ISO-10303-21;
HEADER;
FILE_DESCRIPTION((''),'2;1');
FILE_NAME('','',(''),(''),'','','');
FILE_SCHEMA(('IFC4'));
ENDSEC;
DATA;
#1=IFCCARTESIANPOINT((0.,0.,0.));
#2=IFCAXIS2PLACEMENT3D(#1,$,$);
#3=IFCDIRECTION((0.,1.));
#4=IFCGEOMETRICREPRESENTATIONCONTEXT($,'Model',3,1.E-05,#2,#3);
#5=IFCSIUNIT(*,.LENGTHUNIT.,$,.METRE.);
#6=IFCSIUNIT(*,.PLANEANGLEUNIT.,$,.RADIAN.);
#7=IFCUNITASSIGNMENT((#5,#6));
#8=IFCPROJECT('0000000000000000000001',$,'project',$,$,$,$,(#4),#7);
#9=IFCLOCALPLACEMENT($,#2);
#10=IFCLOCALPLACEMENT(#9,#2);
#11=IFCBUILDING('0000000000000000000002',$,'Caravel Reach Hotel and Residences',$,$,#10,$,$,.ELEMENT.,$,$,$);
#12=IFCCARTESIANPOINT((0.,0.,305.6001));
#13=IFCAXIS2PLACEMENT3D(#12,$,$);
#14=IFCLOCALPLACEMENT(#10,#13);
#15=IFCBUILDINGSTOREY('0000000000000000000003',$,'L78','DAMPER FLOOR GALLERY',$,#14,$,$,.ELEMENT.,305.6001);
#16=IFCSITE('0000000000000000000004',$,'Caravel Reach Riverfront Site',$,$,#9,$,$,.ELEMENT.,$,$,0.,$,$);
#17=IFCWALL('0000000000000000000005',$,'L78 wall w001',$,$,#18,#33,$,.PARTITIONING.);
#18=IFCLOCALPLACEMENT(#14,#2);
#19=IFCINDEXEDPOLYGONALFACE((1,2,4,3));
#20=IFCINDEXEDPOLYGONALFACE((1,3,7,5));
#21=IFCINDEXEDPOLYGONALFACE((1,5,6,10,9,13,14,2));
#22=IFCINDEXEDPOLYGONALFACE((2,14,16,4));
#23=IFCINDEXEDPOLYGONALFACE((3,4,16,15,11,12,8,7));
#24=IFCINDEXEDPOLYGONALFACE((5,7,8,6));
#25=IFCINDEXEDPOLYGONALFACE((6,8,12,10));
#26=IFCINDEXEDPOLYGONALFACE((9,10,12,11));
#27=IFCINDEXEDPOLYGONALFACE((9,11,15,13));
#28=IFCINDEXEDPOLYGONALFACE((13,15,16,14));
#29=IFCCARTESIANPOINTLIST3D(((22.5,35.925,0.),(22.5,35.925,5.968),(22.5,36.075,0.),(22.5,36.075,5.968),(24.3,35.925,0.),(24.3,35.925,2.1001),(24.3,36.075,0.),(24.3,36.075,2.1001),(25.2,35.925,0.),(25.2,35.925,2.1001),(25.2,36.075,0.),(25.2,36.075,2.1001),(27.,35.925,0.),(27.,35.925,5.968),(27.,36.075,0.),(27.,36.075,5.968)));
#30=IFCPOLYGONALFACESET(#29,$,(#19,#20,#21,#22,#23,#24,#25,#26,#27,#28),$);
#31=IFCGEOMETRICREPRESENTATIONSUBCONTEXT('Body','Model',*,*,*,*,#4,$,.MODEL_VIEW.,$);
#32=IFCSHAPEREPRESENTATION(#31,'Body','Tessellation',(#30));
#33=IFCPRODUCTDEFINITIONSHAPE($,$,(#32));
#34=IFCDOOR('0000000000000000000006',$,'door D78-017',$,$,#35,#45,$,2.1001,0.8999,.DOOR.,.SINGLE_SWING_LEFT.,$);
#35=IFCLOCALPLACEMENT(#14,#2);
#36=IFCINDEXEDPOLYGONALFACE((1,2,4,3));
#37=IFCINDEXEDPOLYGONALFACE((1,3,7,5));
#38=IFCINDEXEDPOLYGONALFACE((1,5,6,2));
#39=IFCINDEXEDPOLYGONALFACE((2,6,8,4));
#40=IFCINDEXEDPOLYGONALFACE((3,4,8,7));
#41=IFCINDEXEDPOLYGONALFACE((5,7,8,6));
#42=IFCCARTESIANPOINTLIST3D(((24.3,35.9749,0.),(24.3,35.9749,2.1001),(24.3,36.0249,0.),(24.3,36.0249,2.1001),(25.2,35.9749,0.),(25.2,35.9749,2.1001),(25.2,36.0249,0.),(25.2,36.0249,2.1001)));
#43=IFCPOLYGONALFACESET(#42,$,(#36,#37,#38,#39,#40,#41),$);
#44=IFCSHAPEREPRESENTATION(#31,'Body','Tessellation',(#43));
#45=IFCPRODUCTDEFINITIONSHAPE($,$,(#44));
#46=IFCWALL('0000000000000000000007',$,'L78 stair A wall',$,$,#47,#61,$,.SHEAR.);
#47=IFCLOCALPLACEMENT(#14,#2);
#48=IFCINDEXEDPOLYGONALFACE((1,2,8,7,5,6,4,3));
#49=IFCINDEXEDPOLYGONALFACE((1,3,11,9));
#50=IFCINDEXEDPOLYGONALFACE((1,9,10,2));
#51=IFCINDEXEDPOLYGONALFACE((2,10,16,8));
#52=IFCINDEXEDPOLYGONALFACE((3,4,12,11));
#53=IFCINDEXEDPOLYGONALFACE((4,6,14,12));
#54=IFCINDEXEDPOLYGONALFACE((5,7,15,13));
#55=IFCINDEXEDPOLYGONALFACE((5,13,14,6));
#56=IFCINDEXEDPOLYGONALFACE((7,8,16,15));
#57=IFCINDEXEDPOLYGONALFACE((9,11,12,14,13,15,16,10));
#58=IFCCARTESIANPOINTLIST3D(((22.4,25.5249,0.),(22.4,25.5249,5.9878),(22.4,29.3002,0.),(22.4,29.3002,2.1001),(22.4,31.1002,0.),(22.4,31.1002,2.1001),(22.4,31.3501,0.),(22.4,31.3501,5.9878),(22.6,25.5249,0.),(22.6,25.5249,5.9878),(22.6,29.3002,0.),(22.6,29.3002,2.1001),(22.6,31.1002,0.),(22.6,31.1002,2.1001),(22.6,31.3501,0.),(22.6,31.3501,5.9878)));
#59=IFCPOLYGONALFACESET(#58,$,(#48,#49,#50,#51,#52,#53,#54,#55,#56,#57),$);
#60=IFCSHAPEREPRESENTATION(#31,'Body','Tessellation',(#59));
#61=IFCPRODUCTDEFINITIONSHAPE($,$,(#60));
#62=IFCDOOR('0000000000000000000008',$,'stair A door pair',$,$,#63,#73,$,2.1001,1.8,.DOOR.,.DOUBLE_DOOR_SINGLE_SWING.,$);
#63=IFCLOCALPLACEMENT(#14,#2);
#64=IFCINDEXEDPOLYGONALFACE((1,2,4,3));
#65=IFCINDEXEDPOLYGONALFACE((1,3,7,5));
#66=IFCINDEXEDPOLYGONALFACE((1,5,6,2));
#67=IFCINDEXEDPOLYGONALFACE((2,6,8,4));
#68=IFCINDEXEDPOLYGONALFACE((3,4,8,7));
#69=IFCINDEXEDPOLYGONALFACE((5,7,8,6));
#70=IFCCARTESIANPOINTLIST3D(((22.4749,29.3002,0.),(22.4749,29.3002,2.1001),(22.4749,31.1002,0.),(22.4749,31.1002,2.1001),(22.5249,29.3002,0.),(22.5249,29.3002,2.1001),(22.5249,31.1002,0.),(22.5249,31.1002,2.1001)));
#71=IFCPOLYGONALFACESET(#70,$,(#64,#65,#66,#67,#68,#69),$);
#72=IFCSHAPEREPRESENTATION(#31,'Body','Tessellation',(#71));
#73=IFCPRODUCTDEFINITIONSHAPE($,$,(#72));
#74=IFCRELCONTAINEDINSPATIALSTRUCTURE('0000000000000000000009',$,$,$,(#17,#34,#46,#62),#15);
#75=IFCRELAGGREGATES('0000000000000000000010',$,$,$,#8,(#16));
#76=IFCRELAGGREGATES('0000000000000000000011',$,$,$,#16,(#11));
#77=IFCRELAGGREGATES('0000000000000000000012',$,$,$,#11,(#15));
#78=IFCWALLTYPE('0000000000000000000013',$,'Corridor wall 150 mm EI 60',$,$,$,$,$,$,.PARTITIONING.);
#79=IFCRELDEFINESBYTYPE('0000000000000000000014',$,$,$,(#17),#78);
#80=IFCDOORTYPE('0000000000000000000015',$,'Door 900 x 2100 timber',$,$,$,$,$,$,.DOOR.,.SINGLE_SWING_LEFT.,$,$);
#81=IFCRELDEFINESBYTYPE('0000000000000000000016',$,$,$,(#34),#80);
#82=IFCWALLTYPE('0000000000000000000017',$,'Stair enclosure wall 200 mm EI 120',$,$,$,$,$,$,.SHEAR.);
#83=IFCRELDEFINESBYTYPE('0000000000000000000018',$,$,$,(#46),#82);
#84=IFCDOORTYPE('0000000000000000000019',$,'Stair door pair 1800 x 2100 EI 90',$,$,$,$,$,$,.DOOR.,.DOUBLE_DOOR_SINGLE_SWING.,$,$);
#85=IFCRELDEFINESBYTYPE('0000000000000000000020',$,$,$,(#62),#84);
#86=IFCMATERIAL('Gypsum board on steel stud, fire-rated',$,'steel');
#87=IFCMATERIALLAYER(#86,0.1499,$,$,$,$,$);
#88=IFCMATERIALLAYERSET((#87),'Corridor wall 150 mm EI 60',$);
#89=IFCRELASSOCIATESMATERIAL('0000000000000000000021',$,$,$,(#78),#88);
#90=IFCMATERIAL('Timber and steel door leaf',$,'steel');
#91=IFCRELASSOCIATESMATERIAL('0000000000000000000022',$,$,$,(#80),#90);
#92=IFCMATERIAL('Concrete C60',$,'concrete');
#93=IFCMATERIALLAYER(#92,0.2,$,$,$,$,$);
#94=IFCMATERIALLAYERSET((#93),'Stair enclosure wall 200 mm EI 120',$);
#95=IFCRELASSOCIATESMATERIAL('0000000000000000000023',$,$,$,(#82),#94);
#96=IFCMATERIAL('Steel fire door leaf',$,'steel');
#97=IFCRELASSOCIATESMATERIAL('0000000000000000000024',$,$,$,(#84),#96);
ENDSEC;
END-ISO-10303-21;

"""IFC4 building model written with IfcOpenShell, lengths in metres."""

from ifc_helpers import new_model, si_unit, direction, frame, frame_2d, origin, place, context, subcontext, project, spatial, rectangle, extrude, material, layer, layer_set, type_object, element, fill, save


model = new_model("IFC4")

# Units and contexts
model_context = context("Model", 3, precision=1e-05, world=origin(), true_north=direction((0.0, 1.0)))
body_context = subcontext(model_context, "Body", "Model", "MODEL_VIEW")
ifc_project = project(units=[si_unit("LENGTHUNIT", "METRE"), si_unit("PLANEANGLEUNIT", "RADIAN")], contexts=[model_context])

# Site, building, storey
site_placement = place(None, origin())
site = spatial("IfcSite", under=ifc_project, at=site_placement, Name="Caravel Reach Riverfront Site", CompositionType="ELEMENT", RefElevation=0.0)
building_placement = place(site_placement, origin())
building = spatial("IfcBuilding", under=site, at=building_placement, Name="Caravel Reach Hotel and Residences", CompositionType="ELEMENT")
storey_placement = place(building_placement, frame((0.0, 0.0, 305.6001)))
storey = spatial("IfcBuildingStorey", under=building, at=storey_placement, Name="L78", Description="DAMPER FLOOR GALLERY", CompositionType="ELEMENT", Elevation=305.6001)

# Walls, openings, doors
ifc_material_1 = material(Name="Gypsum board on steel stud, fire-rated", Category="steel")
ifc_layer_1 = layer(ifc_material_1, 0.1499)
ifc_layer_set_1 = layer_set([ifc_layer_1], Name="Corridor wall 150 mm EI 60")
wall_type_1 = type_object("IfcWallType", Name="Corridor wall 150 mm EI 60", PredefinedType="PARTITIONING", material=ifc_layer_set_1)
wall_1_placement = place(storey_placement, frame((22.5, 36.0, 0.0), z_axis=(0.0, 0.0, 1.0), x_axis=(1.0, 0.0, 0.0)))
wall_1 = element("IfcWall", 1, at=wall_1_placement, inside=storey, type_object=wall_type_1, Name="L78 wall w001", PredefinedType="PARTITIONING", context=body_context, shape_type="SweptSolid", body=[
    extrude(rectangle(XDim=4.5, YDim=0.1499, at=frame_2d((2.25, 0.0))), origin(), (0.0, 0.0, 1.0), 5.968),
])
opening_1_placement = place(wall_1_placement, frame((1.8, 0.0, 0.0)))
opening_1 = element("IfcOpeningElement", 2, at=opening_1_placement, cuts=wall_1, PredefinedType="OPENING", context=body_context, shape_type="SweptSolid", body=[
    extrude(rectangle(XDim=0.8999, YDim=2.1001, at=frame_2d((0.45, 1.05))), frame((0.0, 0.085, 0.0), z_axis=(0.0, -1.0, 0.0), x_axis=(1.0, 0.0, 0.0)), (0.0, 0.0, 1.0), 0.1699),
])
ifc_material_2 = material(Name="Timber and steel door leaf", Category="steel")
door_type_1 = type_object("IfcDoorType", Name="Door 900 x 2100 timber", OperationType="SINGLE_SWING_LEFT", PredefinedType="DOOR", material=ifc_material_2)
door_1_placement = place(opening_1_placement, origin())
door_1 = element("IfcDoor", 3, at=door_1_placement, inside=storey, type_object=door_type_1, Name="door D78-017", OperationType="SINGLE_SWING_LEFT", OverallHeight=2.1001, OverallWidth=0.8999, PredefinedType="DOOR", context=body_context, shape_type="SweptSolid", body=[
    extrude(rectangle(XDim=0.8999, YDim=2.1001, at=frame_2d((0.45, 1.05))), frame((0.0, 0.0249, 0.0), z_axis=(0.0, -1.0, 0.0), x_axis=(1.0, 0.0, 0.0)), (0.0, 0.0, 1.0), 0.05),
])
fill(opening_1, door_1)
ifc_material_3 = material(Name="Concrete C60", Category="concrete")
ifc_layer_2 = layer(ifc_material_3, 0.2)
ifc_layer_set_2 = layer_set([ifc_layer_2], Name="Stair enclosure wall 200 mm EI 120")
wall_type_2 = type_object("IfcWallType", Name="Stair enclosure wall 200 mm EI 120", PredefinedType="SHEAR", material=ifc_layer_set_2)
wall_2_placement = place(storey_placement, frame((22.5, 31.3501, 0.0), z_axis=(0.0, 0.0, 1.0), x_axis=(0.0, -1.0, 0.0)))
wall_2 = element("IfcWall", 4, at=wall_2_placement, inside=storey, type_object=wall_type_2, Name="L78 stair A wall", PredefinedType="SHEAR", context=body_context, shape_type="SweptSolid", body=[
    extrude(rectangle(XDim=5.8252, YDim=0.2, at=frame_2d((2.9126, 0.0))), origin(), (0.0, 0.0, 1.0), 5.9878),
])
opening_2_placement = place(wall_2_placement, frame((0.25, 0.0, 0.0)))
opening_2 = element("IfcOpeningElement", 5, at=opening_2_placement, cuts=wall_2, PredefinedType="OPENING", context=body_context, shape_type="SweptSolid", body=[
    extrude(rectangle(XDim=1.8, YDim=2.1001, at=frame_2d((0.8999, 1.05))), frame((0.0, 0.1099, 0.0), z_axis=(0.0, -1.0, 0.0), x_axis=(1.0, 0.0, 0.0)), (0.0, 0.0, 1.0), 0.22),
])
ifc_material_4 = material(Name="Steel fire door leaf", Category="steel")
door_type_2 = type_object("IfcDoorType", Name="Stair door pair 1800 x 2100 EI 90", OperationType="DOUBLE_DOOR_SINGLE_SWING", PredefinedType="DOOR", material=ifc_material_4)
door_2_placement = place(opening_2_placement, origin())
door_2 = element("IfcDoor", 6, at=door_2_placement, inside=storey, type_object=door_type_2, Name="stair A door pair", OperationType="DOUBLE_DOOR_SINGLE_SWING", OverallHeight=2.1001, OverallWidth=1.8, PredefinedType="DOOR", context=body_context, shape_type="SweptSolid", body=[
    extrude(rectangle(XDim=1.8, YDim=2.1001, at=frame_2d((0.8999, 1.05))), frame((0.0, 0.0249, 0.0), z_axis=(0.0, -1.0, 0.0), x_axis=(1.0, 0.0, 0.0)), (0.0, 0.0, 1.0), 0.05),
])
fill(opening_2, door_2)

save(model, "model.ifc")
